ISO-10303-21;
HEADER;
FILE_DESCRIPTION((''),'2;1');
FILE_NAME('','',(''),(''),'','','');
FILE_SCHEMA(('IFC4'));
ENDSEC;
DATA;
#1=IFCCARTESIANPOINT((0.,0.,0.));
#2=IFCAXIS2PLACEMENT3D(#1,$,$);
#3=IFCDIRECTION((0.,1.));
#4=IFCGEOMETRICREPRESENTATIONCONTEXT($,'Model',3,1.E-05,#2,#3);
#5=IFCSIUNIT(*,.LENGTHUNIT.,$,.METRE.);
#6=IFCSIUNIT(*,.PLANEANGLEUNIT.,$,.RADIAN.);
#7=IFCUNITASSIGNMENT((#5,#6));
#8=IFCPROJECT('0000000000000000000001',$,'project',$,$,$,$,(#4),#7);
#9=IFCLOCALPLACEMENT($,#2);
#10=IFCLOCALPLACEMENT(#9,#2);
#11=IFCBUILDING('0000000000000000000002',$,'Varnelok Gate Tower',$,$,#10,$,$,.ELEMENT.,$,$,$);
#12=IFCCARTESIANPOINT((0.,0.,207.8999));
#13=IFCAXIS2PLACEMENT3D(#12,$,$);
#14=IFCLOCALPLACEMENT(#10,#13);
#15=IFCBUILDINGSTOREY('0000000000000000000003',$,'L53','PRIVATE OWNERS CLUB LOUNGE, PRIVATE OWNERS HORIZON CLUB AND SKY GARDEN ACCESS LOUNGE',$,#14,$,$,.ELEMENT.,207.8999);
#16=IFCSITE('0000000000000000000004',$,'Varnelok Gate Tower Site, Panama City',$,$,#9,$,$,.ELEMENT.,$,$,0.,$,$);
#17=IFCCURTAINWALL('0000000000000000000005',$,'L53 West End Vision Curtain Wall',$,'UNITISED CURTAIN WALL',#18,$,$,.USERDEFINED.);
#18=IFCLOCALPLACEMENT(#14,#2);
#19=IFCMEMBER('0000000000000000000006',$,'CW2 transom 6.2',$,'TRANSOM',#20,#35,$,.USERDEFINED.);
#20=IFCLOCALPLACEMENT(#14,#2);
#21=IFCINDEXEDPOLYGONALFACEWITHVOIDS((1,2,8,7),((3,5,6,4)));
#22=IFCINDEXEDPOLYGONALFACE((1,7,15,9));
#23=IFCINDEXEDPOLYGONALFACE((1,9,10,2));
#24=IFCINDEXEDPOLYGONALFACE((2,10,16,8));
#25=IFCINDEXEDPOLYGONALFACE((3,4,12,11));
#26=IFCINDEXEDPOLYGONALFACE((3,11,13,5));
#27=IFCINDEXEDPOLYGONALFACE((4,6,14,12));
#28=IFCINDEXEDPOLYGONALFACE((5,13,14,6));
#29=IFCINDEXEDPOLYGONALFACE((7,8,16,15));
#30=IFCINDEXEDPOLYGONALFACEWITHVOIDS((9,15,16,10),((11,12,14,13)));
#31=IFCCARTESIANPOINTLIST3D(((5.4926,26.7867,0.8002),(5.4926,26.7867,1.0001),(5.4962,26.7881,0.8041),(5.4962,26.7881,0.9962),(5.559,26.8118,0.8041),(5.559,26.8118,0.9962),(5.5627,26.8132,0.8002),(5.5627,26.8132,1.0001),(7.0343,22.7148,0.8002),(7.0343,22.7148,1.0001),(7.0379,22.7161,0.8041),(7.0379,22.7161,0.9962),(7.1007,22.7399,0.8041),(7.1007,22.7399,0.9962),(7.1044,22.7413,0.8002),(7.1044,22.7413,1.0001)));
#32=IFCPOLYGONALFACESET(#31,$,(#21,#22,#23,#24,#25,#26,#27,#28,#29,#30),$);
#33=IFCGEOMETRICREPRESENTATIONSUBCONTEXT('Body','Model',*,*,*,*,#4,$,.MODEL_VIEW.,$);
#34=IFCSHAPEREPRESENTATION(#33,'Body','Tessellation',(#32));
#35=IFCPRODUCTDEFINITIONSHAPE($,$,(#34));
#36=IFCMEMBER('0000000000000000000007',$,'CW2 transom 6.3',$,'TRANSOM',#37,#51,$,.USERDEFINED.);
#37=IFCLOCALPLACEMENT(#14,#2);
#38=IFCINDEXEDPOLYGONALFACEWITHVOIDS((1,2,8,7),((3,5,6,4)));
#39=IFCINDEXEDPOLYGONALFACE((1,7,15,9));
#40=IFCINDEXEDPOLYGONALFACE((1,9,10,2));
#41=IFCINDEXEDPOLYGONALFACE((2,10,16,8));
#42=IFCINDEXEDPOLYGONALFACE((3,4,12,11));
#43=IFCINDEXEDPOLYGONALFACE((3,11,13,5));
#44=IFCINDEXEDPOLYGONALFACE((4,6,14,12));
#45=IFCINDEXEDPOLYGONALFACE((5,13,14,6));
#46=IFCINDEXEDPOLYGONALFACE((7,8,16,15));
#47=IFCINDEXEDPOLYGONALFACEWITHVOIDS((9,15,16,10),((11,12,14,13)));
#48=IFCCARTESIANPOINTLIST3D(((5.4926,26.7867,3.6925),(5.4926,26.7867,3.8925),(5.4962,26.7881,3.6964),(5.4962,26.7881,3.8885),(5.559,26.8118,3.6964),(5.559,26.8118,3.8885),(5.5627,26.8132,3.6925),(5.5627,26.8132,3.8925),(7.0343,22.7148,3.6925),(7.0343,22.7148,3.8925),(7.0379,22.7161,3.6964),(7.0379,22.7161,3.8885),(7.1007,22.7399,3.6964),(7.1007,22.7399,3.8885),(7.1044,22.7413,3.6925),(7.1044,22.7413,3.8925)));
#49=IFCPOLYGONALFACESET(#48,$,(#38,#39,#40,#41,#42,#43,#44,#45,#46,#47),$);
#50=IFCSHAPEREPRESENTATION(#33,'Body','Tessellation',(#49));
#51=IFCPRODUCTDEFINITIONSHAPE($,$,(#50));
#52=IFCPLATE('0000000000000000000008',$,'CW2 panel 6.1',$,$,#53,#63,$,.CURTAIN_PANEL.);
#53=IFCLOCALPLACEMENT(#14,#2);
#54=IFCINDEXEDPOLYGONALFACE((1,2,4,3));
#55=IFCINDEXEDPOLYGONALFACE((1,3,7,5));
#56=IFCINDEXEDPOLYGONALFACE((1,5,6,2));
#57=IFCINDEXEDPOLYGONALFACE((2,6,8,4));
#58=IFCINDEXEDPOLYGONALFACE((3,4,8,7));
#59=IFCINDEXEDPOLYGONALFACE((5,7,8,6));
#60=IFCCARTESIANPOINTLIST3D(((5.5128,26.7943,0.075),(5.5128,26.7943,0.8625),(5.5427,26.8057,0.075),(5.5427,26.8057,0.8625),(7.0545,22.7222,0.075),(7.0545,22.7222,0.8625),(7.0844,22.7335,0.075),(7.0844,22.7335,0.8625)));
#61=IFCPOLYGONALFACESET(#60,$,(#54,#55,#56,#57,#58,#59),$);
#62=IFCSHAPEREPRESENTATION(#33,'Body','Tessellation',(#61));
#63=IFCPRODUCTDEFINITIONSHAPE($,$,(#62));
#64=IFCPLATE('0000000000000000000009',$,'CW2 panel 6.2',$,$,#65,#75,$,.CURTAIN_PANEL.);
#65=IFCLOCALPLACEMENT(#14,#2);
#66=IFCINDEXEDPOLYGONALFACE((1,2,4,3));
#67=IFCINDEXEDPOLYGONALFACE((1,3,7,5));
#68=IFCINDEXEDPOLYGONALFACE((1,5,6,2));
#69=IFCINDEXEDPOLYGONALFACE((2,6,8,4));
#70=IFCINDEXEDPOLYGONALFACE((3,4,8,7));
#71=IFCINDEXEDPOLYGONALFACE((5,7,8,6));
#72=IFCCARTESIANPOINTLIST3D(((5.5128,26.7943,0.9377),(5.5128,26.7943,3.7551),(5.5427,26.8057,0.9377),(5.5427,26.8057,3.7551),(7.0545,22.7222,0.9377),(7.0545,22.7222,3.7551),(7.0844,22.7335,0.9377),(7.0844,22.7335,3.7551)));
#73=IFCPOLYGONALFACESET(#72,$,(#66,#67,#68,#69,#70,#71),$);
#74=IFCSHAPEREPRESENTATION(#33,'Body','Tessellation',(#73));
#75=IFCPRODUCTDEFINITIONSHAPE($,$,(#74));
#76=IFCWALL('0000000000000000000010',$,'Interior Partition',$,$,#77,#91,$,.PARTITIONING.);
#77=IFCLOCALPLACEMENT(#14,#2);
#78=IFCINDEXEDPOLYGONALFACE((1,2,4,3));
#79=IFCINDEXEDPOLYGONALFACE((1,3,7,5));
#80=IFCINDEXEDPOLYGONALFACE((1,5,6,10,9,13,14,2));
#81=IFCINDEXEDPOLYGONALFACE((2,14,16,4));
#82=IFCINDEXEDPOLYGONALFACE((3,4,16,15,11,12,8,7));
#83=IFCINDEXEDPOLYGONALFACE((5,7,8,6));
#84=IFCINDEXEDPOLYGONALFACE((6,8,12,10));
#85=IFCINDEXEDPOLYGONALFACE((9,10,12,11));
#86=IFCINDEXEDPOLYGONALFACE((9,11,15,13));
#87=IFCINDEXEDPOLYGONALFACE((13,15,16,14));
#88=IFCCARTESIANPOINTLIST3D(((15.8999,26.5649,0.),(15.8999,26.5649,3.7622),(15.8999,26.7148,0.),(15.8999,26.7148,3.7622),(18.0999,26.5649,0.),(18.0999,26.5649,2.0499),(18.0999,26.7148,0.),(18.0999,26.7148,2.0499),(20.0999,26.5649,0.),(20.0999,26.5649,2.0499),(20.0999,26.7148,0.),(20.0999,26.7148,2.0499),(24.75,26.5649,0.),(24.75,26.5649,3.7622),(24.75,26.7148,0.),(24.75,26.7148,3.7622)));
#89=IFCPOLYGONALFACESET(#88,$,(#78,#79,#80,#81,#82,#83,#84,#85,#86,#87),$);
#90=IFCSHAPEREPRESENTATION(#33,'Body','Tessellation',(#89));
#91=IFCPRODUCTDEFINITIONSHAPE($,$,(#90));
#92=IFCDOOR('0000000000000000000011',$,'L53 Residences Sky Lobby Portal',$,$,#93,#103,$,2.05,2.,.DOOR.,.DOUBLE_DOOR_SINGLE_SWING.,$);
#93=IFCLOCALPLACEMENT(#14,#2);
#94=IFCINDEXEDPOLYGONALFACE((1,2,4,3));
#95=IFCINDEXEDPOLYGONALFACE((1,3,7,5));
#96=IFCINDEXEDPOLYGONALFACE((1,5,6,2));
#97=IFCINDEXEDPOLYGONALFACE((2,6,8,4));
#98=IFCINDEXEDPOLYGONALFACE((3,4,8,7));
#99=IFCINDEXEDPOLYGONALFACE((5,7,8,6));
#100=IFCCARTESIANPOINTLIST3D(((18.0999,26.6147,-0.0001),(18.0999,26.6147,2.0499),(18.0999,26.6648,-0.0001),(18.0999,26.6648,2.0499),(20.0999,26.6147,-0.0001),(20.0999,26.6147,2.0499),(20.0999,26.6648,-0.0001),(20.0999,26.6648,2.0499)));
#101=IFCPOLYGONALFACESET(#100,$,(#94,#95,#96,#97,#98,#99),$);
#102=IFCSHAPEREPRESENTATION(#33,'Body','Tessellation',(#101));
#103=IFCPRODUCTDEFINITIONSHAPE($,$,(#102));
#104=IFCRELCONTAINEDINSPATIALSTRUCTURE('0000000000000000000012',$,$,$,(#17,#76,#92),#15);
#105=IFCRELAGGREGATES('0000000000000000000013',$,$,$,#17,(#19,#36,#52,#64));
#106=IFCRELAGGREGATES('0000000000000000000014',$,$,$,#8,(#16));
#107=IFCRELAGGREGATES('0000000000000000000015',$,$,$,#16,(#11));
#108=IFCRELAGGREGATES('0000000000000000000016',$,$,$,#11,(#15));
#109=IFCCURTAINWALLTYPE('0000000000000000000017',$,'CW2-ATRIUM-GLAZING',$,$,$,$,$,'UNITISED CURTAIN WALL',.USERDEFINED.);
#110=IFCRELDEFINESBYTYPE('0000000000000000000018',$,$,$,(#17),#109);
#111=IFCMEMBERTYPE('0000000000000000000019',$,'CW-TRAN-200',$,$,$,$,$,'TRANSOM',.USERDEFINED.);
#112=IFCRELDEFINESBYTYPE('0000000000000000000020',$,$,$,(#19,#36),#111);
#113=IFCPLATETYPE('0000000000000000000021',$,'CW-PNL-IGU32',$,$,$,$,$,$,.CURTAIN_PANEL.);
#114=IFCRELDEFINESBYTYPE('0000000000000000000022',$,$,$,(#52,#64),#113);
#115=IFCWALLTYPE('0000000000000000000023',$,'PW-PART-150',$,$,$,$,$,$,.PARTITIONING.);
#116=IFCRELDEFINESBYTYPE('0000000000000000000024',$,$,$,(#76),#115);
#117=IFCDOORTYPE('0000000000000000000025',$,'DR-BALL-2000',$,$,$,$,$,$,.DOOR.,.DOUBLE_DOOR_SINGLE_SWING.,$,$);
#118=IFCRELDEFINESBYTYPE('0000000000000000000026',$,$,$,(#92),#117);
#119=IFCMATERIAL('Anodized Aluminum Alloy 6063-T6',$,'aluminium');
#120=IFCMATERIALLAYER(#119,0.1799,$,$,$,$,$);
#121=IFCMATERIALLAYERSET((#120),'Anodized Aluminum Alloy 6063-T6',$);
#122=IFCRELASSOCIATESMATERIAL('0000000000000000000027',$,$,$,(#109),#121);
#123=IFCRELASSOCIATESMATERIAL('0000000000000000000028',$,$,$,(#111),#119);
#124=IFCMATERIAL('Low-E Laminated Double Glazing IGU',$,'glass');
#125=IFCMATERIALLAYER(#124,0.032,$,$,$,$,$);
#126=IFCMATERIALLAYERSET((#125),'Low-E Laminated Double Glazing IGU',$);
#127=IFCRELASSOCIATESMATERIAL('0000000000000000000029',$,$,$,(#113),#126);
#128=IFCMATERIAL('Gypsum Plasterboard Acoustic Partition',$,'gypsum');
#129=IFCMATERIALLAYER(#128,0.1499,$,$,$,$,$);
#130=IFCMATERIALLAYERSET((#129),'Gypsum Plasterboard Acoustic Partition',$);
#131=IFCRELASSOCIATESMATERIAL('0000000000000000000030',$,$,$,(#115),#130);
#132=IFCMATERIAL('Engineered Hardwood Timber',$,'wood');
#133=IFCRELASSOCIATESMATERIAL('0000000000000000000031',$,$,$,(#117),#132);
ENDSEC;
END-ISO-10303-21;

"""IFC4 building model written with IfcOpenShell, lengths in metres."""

from ifc_helpers import new_model, si_unit, direction, frame, frame_2d, origin, origin_2d, place, context, subcontext, project, spatial, rectangle, hollow_rectangle, extrude, source, transform, mapped, material, layer, layer_set, material_profile, profile_set, type_object, element, fill, aggregate, save


model = new_model("IFC4")

# Units and contexts
model_context = context("Model", 3, precision=1e-05, world=origin(), true_north=direction((0.0, 1.0)))
body_context = subcontext(model_context, "Body", "Model", "MODEL_VIEW")
ifc_project = project(units=[si_unit("LENGTHUNIT", "METRE"), si_unit("PLANEANGLEUNIT", "RADIAN")], contexts=[model_context])

# Site, building, storey
site_placement = place(None, origin())
site = spatial("IfcSite", under=ifc_project, at=site_placement, Name="Varnelok Gate Tower Site, Panama City", CompositionType="ELEMENT", RefElevation=0.0)
building_placement = place(site_placement, origin())
building = spatial("IfcBuilding", under=site, at=building_placement, Name="Varnelok Gate Tower", CompositionType="ELEMENT")
storey_placement = place(building_placement, frame((0.0, 0.0, 207.8999)))
storey = spatial("IfcBuildingStorey", under=building, at=storey_placement, Name="L53", Description="PRIVATE OWNERS CLUB LOUNGE, PRIVATE OWNERS HORIZON CLUB AND SKY GARDEN ACCESS LOUNGE", CompositionType="ELEMENT", Elevation=207.8999)

# Curtain wall, members, plates
ifc_material_1 = material(Name="Anodized Aluminum Alloy 6063-T6", Category="aluminium")
ifc_layer_1 = layer(ifc_material_1, 0.1799)
ifc_layer_set_1 = layer_set([ifc_layer_1], Name="Anodized Aluminum Alloy 6063-T6")
curtain_wall_type = type_object("IfcCurtainWallType", Name="CW2-ATRIUM-GLAZING", ElementType="UNITISED CURTAIN WALL", PredefinedType="USERDEFINED", material=ifc_layer_set_1)
curtain_wall_placement = place(storey_placement, origin())
curtain_wall = element("IfcCurtainWall", 1, at=curtain_wall_placement, inside=storey, type_object=curtain_wall_type, Name="L53 West End Vision Curtain Wall", ObjectType="UNITISED CURTAIN WALL", PredefinedType="USERDEFINED")
ifc_material_profile_1 = material_profile(ifc_material_1, hollow_rectangle(XDim=0.075, YDim=0.2, WallThickness=0.0039, at=origin_2d()), Name="ALU200X75X4")
ifc_profile_set_1 = profile_set([ifc_material_profile_1], Name="Anodized Aluminum Alloy 6063-T6")
member_type_1 = type_object("IfcMemberType", Name="CW-TRAN-200", ElementType="TRANSOM", PredefinedType="USERDEFINED", material=ifc_profile_set_1)
member_1_placement = place(storey_placement, frame((7.0693, 22.728, 0.9001), z_axis=(-0.35409, 0.935211, 0.0), x_axis=(-0.935211, -0.35409, 0.0)))
member_1 = element("IfcMember", 2, at=member_1_placement, type_object=member_type_1, Name="CW2 transom 6.2", ObjectType="TRANSOM", PredefinedType="USERDEFINED", context=body_context, shape_type="SweptSolid", body=[
    extrude(hollow_rectangle(XDim=0.075, YDim=0.2, WallThickness=0.0039, at=origin_2d()), origin(), (0.0, 0.0, 1.0), 4.354),
])
member_2_placement = place(storey_placement, frame((7.0693, 22.728, 3.7925), z_axis=(-0.35409, 0.935211, 0.0), x_axis=(-0.935211, -0.35409, 0.0)))
member_2 = element("IfcMember", 3, at=member_2_placement, type_object=member_type_1, Name="CW2 transom 6.3", ObjectType="TRANSOM", PredefinedType="USERDEFINED", context=body_context, shape_type="SweptSolid", body=[
    extrude(hollow_rectangle(XDim=0.075, YDim=0.2, WallThickness=0.0039, at=origin_2d()), origin(), (0.0, 0.0, 1.0), 4.354),
])
ifc_material_2 = material(Name="Low-E Laminated Double Glazing IGU", Category="glass")
ifc_layer_2 = layer(ifc_material_2, 0.032)
ifc_layer_set_2 = layer_set([ifc_layer_2], Name="Low-E Laminated Double Glazing IGU")
plate_type = type_object("IfcPlateType", Name="CW-PNL-IGU32", PredefinedType="CURTAIN_PANEL", material=ifc_layer_set_2)
shared_shape_1 = source(origin(), body_context, "Body", "SweptSolid", [
    extrude(rectangle(XDim=4.3542, YDim=0.032, at=origin_2d()), origin(), (0.0, 0.0, 1.0), 0.7876),
])
plate_1_placement = place(storey_placement, frame((6.2986, 24.7639, 0.075), z_axis=(0.0, 0.0, 1.0), x_axis=(-0.354064, 0.935221, 0.0)))
plate_1 = element("IfcPlate", 4, at=plate_1_placement, type_object=plate_type, Name="CW2 panel 6.1", PredefinedType="CURTAIN_PANEL", context=body_context, shape_type="MappedRepresentation", body=[
    mapped(shared_shape_1, transform((0.0, 0.0, 0.0), scale=1.0)),
])
shared_shape_2 = source(origin(), body_context, "Body", "SweptSolid", [
    extrude(rectangle(XDim=4.3542, YDim=0.032, at=origin_2d()), origin(), (0.0, 0.0, 1.0), 2.8174),
])
plate_2_placement = place(storey_placement, frame((6.2986, 24.7639, 0.9377), z_axis=(0.0, 0.0, 1.0), x_axis=(-0.354064, 0.935221, 0.0)))
plate_2 = element("IfcPlate", 5, at=plate_2_placement, type_object=plate_type, Name="CW2 panel 6.2", PredefinedType="CURTAIN_PANEL", context=body_context, shape_type="MappedRepresentation", body=[
    mapped(shared_shape_2, transform((0.0, 0.0, 0.0), scale=1.0)),
])
aggregate(curtain_wall, [member_1, member_2, plate_1, plate_2])

# Wall, opening, door
ifc_material_3 = material(Name="Gypsum Plasterboard Acoustic Partition", Category="gypsum")
ifc_layer_3 = layer(ifc_material_3, 0.1499)
ifc_layer_set_3 = layer_set([ifc_layer_3], Name="Gypsum Plasterboard Acoustic Partition")
wall_type = type_object("IfcWallType", Name="PW-PART-150", PredefinedType="PARTITIONING", material=ifc_layer_set_3)
wall_placement = place(storey_placement, frame((15.8999, 26.6399, 0.0), z_axis=(0.0, 0.0, 1.0), x_axis=(1.0, 0.0, 0.0)))
wall = element("IfcWall", 6, at=wall_placement, inside=storey, type_object=wall_type, Name="Interior Partition", PredefinedType="PARTITIONING", context=body_context, shape_type="SweptSolid", body=[
    extrude(rectangle(XDim=8.8501, YDim=0.1499, at=frame_2d((4.425, 0.0))), origin(), (0.0, 0.0, 1.0), 3.7622),
])
opening_placement = place(wall_placement, frame((2.2, 0.0, 0.0)))
opening = element("IfcOpeningElement", 7, at=opening_placement, cuts=wall, PredefinedType="OPENING", context=body_context, shape_type="SweptSolid", body=[
    extrude(rectangle(XDim=2.0, YDim=2.05, at=frame_2d((1.0, 1.0249))), frame((0.0, 0.085, 0.0), z_axis=(0.0, -1.0, 0.0), x_axis=(1.0, 0.0, 0.0)), (0.0, 0.0, 1.0), 0.1699),
])
ifc_material_4 = material(Name="Engineered Hardwood Timber", Category="wood")
door_type = type_object("IfcDoorType", Name="DR-BALL-2000", OperationType="DOUBLE_DOOR_SINGLE_SWING", PredefinedType="DOOR", material=ifc_material_4)
door_placement = place(opening_placement, origin())
door = element("IfcDoor", 8, at=door_placement, inside=storey, type_object=door_type, Name="L53 Residences Sky Lobby Portal", OperationType="DOUBLE_DOOR_SINGLE_SWING", OverallHeight=2.05, OverallWidth=2.0, PredefinedType="DOOR", context=body_context, shape_type="SweptSolid", body=[
    extrude(rectangle(XDim=2.0, YDim=2.05, at=frame_2d((1.0, 1.0249))), frame((0.0, 0.0249, 0.0), z_axis=(0.0, -1.0, 0.0), x_axis=(1.0, 0.0, 0.0)), (0.0, 0.0, 1.0), 0.05),
])
fill(opening, door)

save(model, "model.ifc")
